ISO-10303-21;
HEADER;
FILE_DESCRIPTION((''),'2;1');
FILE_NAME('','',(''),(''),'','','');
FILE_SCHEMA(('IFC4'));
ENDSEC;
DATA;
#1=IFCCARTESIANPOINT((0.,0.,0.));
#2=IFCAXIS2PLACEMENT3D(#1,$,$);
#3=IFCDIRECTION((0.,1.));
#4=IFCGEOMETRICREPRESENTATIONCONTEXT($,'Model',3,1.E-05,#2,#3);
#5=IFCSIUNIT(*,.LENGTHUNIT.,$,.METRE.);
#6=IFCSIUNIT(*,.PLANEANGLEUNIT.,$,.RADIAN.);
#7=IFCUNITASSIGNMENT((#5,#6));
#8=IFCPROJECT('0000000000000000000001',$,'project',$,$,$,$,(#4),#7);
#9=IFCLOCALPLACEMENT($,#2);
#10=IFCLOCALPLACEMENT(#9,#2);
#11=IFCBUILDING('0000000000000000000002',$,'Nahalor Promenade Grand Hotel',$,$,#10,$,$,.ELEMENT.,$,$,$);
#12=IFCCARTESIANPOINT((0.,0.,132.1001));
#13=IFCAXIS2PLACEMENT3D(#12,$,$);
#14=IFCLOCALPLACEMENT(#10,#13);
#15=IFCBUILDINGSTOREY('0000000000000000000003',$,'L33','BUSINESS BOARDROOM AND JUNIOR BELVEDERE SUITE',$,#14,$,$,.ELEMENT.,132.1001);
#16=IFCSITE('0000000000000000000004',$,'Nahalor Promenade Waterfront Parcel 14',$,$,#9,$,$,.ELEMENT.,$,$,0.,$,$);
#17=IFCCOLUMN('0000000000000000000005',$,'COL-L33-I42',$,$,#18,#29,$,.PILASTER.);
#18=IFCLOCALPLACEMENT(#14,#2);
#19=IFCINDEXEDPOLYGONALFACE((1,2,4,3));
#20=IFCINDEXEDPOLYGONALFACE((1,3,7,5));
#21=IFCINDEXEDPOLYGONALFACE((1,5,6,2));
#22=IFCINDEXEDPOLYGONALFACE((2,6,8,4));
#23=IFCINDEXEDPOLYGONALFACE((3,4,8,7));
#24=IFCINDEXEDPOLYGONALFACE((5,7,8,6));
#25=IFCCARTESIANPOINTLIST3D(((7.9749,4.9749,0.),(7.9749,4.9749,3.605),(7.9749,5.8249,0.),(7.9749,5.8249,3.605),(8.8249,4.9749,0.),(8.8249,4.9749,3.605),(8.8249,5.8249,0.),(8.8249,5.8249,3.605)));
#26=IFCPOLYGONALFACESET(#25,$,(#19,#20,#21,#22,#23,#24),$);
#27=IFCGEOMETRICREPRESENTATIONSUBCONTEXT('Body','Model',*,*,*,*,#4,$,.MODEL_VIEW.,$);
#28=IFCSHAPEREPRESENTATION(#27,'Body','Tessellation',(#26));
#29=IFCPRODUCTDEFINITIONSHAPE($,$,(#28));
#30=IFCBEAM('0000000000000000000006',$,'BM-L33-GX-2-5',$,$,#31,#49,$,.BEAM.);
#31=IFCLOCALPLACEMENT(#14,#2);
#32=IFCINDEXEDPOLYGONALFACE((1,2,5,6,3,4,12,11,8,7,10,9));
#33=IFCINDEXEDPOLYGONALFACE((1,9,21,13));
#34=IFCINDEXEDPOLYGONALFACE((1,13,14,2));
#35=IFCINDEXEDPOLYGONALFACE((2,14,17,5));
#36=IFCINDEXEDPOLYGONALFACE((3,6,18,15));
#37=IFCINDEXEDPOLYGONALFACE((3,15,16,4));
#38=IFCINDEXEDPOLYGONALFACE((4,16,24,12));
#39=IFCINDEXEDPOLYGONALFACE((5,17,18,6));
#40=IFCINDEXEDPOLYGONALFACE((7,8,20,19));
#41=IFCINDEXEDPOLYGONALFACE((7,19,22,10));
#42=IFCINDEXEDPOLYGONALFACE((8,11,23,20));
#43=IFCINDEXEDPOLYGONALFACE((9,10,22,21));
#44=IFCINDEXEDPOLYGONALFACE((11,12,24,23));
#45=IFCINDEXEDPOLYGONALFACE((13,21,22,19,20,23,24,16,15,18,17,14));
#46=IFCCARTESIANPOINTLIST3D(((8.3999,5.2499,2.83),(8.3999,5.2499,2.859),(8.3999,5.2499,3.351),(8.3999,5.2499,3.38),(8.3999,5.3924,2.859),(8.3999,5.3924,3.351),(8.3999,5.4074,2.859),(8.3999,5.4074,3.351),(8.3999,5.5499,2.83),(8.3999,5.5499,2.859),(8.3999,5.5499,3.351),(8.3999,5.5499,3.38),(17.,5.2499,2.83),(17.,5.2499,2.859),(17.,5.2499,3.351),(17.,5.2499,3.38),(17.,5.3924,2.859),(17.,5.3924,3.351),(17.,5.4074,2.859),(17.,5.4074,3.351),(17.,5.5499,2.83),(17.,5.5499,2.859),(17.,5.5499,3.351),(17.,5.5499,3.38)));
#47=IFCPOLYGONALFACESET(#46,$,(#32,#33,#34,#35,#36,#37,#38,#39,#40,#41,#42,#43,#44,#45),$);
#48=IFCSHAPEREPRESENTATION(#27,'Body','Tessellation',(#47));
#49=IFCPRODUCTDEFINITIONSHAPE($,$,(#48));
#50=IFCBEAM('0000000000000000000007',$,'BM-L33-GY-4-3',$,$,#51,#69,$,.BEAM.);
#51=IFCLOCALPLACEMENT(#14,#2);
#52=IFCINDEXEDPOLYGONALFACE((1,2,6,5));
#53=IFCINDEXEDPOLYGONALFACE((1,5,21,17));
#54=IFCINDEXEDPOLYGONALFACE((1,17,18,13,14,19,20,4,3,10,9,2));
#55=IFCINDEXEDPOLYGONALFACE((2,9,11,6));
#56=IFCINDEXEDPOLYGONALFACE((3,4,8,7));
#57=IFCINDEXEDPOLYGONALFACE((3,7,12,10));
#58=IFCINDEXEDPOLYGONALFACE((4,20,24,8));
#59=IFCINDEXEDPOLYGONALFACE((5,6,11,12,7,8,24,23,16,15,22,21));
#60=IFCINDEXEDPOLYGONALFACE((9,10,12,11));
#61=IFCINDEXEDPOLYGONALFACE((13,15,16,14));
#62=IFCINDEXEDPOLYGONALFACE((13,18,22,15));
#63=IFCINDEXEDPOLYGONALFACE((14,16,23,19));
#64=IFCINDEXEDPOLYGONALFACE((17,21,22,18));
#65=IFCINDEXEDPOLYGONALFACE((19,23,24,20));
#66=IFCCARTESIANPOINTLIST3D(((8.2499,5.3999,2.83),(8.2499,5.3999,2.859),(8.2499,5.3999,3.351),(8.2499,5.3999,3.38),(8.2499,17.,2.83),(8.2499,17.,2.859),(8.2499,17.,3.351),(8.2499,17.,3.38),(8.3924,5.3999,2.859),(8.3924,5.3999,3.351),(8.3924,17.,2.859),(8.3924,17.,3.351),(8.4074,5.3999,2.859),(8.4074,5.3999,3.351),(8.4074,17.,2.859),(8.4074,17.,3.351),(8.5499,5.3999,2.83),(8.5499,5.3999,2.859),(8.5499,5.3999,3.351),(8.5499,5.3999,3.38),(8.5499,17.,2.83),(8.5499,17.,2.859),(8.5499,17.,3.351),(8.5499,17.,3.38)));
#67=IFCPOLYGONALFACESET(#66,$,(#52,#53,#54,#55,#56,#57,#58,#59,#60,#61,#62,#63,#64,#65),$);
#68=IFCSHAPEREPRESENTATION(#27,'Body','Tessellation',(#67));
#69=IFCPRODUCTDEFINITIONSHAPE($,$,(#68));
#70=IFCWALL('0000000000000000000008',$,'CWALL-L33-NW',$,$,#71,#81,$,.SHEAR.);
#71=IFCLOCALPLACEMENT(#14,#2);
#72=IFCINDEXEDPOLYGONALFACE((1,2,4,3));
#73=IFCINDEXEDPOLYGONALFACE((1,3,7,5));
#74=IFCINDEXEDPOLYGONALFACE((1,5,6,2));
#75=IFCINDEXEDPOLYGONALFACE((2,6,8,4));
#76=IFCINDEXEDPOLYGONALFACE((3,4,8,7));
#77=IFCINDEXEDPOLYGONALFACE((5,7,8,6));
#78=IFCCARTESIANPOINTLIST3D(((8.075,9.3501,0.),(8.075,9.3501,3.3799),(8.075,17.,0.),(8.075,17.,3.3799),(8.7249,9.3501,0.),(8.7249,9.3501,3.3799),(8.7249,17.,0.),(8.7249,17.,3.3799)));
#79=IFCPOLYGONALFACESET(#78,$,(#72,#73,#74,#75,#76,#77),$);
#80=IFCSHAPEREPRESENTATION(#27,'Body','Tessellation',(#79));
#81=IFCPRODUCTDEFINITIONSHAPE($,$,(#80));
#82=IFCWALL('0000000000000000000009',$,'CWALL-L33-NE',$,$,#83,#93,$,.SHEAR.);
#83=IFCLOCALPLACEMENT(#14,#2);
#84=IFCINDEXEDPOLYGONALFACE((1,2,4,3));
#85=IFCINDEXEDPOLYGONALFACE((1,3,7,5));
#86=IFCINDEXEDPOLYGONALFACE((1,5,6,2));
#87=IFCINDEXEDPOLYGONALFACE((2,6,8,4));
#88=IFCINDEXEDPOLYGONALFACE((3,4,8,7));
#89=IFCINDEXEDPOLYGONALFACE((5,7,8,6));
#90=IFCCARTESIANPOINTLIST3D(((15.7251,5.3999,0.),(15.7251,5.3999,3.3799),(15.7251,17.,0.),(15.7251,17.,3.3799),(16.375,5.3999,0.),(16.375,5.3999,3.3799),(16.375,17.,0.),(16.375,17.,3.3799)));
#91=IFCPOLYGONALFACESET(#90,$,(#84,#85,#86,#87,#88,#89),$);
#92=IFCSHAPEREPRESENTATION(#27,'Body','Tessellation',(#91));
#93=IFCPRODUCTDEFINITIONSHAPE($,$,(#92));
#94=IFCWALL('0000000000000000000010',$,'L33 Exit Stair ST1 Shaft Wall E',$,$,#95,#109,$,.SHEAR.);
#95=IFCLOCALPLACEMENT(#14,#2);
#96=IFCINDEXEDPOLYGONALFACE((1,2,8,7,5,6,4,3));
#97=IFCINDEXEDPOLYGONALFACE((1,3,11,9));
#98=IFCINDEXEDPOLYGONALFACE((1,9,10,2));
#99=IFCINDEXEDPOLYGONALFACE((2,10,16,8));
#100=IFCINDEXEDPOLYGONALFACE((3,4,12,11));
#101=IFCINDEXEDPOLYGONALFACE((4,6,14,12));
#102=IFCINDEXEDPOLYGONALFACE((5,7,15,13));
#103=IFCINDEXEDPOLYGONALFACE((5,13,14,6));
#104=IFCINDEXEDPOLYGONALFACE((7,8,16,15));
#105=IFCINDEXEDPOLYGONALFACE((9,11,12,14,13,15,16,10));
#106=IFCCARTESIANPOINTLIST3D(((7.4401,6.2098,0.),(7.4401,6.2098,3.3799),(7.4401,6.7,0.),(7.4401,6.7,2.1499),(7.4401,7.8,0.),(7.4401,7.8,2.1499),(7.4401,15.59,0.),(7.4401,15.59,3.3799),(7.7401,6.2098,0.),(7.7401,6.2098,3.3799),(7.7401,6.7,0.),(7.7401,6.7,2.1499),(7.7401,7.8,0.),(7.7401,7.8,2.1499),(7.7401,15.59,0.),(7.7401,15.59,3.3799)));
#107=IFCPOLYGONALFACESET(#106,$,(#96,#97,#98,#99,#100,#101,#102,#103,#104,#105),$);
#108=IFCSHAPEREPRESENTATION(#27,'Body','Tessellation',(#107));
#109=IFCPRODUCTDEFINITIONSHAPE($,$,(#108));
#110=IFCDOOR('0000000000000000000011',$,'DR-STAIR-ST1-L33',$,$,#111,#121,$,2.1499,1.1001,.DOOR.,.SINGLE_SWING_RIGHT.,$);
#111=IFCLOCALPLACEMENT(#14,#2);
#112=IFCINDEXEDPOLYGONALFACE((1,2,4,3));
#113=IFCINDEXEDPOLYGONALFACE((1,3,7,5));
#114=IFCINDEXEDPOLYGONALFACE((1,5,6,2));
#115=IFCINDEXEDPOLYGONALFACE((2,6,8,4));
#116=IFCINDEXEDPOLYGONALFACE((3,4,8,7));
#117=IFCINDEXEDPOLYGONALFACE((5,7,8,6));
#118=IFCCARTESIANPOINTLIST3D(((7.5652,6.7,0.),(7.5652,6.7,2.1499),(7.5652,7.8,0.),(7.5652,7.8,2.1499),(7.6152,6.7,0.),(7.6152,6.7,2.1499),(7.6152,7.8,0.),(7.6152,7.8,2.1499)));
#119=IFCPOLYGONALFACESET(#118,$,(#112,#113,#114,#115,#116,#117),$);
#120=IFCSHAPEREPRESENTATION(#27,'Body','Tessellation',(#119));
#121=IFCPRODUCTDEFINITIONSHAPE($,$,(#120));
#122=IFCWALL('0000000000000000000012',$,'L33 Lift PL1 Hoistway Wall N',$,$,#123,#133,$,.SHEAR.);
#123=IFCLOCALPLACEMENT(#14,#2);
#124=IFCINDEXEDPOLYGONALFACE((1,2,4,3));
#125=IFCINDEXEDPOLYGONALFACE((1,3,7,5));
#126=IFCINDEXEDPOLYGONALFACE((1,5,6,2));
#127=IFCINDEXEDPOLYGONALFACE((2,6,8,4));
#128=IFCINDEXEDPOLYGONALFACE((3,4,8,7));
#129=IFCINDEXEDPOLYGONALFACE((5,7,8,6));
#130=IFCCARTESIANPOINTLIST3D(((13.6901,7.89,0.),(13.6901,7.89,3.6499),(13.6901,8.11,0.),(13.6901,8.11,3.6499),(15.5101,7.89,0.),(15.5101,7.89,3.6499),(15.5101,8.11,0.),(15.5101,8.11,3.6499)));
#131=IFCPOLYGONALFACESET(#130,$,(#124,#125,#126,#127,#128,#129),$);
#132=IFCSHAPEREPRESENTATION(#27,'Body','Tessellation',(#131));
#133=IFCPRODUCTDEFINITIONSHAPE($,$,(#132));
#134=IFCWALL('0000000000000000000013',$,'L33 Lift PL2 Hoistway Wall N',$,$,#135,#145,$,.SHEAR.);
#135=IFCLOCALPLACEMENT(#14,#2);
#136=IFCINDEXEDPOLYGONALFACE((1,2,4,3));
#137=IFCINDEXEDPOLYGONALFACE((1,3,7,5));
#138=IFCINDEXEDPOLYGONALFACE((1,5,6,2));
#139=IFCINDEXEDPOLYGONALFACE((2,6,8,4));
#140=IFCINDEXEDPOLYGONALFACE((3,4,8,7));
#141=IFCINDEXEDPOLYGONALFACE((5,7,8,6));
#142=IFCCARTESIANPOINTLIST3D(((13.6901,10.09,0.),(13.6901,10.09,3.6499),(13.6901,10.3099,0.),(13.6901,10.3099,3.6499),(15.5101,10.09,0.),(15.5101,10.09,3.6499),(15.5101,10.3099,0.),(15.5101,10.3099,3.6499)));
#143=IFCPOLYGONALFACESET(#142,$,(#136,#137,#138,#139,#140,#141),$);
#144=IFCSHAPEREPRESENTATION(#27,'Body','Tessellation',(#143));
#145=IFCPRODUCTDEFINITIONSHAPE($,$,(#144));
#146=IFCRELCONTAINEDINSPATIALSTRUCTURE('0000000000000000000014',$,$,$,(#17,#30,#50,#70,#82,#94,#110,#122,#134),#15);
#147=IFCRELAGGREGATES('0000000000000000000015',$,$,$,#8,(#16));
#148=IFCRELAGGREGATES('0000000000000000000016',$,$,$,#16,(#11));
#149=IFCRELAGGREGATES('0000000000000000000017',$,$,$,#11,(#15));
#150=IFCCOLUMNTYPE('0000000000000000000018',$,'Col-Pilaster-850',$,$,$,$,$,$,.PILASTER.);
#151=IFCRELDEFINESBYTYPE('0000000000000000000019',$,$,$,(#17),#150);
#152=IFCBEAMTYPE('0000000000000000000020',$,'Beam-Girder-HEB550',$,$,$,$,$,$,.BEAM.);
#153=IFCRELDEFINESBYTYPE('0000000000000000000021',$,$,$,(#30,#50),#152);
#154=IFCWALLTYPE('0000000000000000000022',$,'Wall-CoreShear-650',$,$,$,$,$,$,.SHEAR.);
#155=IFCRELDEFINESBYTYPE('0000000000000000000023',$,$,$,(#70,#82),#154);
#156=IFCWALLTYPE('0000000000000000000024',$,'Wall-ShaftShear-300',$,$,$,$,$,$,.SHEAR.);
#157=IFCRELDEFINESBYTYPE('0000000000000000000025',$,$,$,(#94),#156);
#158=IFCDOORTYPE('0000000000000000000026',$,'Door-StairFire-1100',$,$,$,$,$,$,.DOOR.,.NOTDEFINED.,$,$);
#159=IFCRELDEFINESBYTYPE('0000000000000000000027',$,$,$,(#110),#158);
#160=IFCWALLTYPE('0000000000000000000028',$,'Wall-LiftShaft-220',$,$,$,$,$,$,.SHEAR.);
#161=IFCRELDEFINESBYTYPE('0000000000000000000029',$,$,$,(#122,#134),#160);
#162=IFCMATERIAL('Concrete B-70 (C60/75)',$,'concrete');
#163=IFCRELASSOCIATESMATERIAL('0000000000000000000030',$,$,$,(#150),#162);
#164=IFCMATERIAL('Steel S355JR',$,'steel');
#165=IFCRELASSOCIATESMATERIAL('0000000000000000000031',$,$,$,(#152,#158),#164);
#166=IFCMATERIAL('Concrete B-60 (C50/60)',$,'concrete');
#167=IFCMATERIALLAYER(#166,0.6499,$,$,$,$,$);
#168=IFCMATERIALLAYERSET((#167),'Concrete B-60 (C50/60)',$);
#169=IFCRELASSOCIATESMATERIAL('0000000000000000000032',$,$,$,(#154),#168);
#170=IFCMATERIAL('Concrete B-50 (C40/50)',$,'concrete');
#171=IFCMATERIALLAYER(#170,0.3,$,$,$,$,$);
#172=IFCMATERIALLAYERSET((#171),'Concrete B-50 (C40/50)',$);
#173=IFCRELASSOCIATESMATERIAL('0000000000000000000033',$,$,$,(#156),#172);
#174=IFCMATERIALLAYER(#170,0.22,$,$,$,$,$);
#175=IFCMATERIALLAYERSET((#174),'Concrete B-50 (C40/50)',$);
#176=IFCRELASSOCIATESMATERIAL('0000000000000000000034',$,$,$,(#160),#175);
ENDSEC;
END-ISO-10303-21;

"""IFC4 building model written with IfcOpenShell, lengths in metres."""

from ifc_helpers import new_model, si_unit, direction, frame, frame_2d, origin, origin_2d, place, context, subcontext, project, spatial, rectangle, i_section, extrude, source, transform, mapped, material, layer, layer_set, material_profile, profile_set, type_object, element, fill, save


model = new_model("IFC4")

# Units and contexts
model_context = context("Model", 3, precision=1e-05, world=origin(), true_north=direction((0.0, 1.0)))
body_context = subcontext(model_context, "Body", "Model", "MODEL_VIEW")
ifc_project = project(units=[si_unit("LENGTHUNIT", "METRE"), si_unit("PLANEANGLEUNIT", "RADIAN")], contexts=[model_context])

# Site, building, storey
site_placement = place(None, origin())
site = spatial("IfcSite", under=ifc_project, at=site_placement, Name="Nahalor Promenade Waterfront Parcel 14", CompositionType="ELEMENT", RefElevation=0.0)
building_placement = place(site_placement, origin())
building = spatial("IfcBuilding", under=site, at=building_placement, Name="Nahalor Promenade Grand Hotel", CompositionType="ELEMENT")
storey_placement = place(building_placement, frame((0.0, 0.0, 132.1001)))
storey = spatial("IfcBuildingStorey", under=building, at=storey_placement, Name="L33", Description="BUSINESS BOARDROOM AND JUNIOR BELVEDERE SUITE", CompositionType="ELEMENT", Elevation=132.1001)

# Column
ifc_material_1 = material(Name="Concrete B-70 (C60/75)", Category="concrete")
ifc_material_profile_1 = material_profile(ifc_material_1, rectangle(XDim=0.85, YDim=0.85, at=origin_2d()), Name="RC 850x850")
ifc_profile_set_1 = profile_set([ifc_material_profile_1], Name="Concrete B-70 (C60/75)")
column_type = type_object("IfcColumnType", Name="Col-Pilaster-850", PredefinedType="PILASTER", material=ifc_profile_set_1)
shared_shape_1 = source(origin(), body_context, "Body", "SweptSolid", [
    extrude(rectangle(XDim=0.85, YDim=0.85, at=origin_2d()), origin(), (0.0, 0.0, 1.0), 3.605),
])
column_placement = place(storey_placement, frame((8.3999, 5.3999, 0.0), z_axis=(0.0, 0.0, 1.0), x_axis=(1.0, 0.0, 0.0)))
element("IfcColumn", 1, at=column_placement, inside=storey, type_object=column_type, Name="COL-L33-I42", PredefinedType="PILASTER", context=body_context, shape_type="MappedRepresentation", body=[
    mapped(shared_shape_1, transform((0.0, 0.0, 0.0), scale=1.0)),
])

# Beams
ifc_material_2 = material(Name="Steel S355JR", Category="steel")
ifc_material_profile_2 = material_profile(ifc_material_2, i_section(OverallWidth=0.3, OverallDepth=0.55, WebThickness=0.015, FlangeThickness=0.029, at=origin_2d()), Name="HEB 550")
ifc_profile_set_2 = profile_set([ifc_material_profile_2], Name="Steel S355JR")
beam_type = type_object("IfcBeamType", Name="Beam-Girder-HEB550", PredefinedType="BEAM", material=ifc_profile_set_2)
shared_shape_2 = source(origin(), body_context, "Body", "SweptSolid", [
    extrude(i_section(OverallWidth=0.3, OverallDepth=0.55, WebThickness=0.015, FlangeThickness=0.029, at=origin_2d()), origin(), (0.0, 0.0, 1.0), 8.6001),
])
beam_1_placement = place(storey_placement, frame((8.3999, 5.3999, 3.105), z_axis=(1.0, 0.0, 0.0), x_axis=(0.0, 1.0, 0.0)))
element("IfcBeam", 2, at=beam_1_placement, inside=storey, type_object=beam_type, Name="BM-L33-GX-2-5", PredefinedType="BEAM", context=body_context, shape_type="MappedRepresentation", body=[
    mapped(shared_shape_2, transform((0.0, 0.0, 0.0), scale=1.0)),
])
shared_shape_3 = source(origin(), body_context, "Body", "SweptSolid", [
    extrude(i_section(OverallWidth=0.3, OverallDepth=0.55, WebThickness=0.015, FlangeThickness=0.029, at=origin_2d()), origin(), (0.0, 0.0, 1.0), 11.6001),
])
beam_2_placement = place(storey_placement, frame((8.3999, 5.3999, 3.105), z_axis=(0.0, 1.0, 0.0), x_axis=(-1.0, 0.0, 0.0)))
element("IfcBeam", 3, at=beam_2_placement, inside=storey, type_object=beam_type, Name="BM-L33-GY-4-3", PredefinedType="BEAM", context=body_context, shape_type="MappedRepresentation", body=[
    mapped(shared_shape_3, transform((0.0, 0.0, 0.0), scale=1.0)),
])

# Walls
ifc_material_3 = material(Name="Concrete B-60 (C50/60)", Category="concrete")
ifc_layer_1 = layer(ifc_material_3, 0.6499)
ifc_layer_set_1 = layer_set([ifc_layer_1], Name="Concrete B-60 (C50/60)")
wall_type_1 = type_object("IfcWallType", Name="Wall-CoreShear-650", PredefinedType="SHEAR", material=ifc_layer_set_1)
shared_shape_4 = source(origin(), body_context, "Body", "SweptSolid", [
    extrude(rectangle(XDim=7.6499, YDim=0.6499, at=frame_2d((3.825, 0.0))), origin(), (0.0, 0.0, 1.0), 3.3799),
])
wall_1_placement = place(storey_placement, frame((8.3999, 9.3501, 0.0), z_axis=(0.0, 0.0, 1.0), x_axis=(0.0, 1.0, 0.0)))
element("IfcWall", 4, at=wall_1_placement, inside=storey, type_object=wall_type_1, Name="CWALL-L33-NW", PredefinedType="SHEAR", context=body_context, shape_type="MappedRepresentation", body=[
    mapped(shared_shape_4, transform((0.0, 0.0, 0.0), scale=1.0)),
])
shared_shape_5 = source(origin(), body_context, "Body", "SweptSolid", [
    extrude(rectangle(XDim=11.6001, YDim=0.6499, at=frame_2d((5.8, 0.0))), origin(), (0.0, 0.0, 1.0), 3.3799),
])
wall_2_placement = place(storey_placement, frame((16.05, 5.3999, 0.0), z_axis=(0.0, 0.0, 1.0), x_axis=(0.0, 1.0, 0.0)))
element("IfcWall", 5, at=wall_2_placement, inside=storey, type_object=wall_type_1, Name="CWALL-L33-NE", PredefinedType="SHEAR", context=body_context, shape_type="MappedRepresentation", body=[
    mapped(shared_shape_5, transform((0.0, 0.0, 0.0), scale=1.0)),
])

# Wall, opening, door
ifc_material_4 = material(Name="Concrete B-50 (C40/50)", Category="concrete")
ifc_layer_2 = layer(ifc_material_4, 0.3)
ifc_layer_set_2 = layer_set([ifc_layer_2], Name="Concrete B-50 (C40/50)")
wall_type_2 = type_object("IfcWallType", Name="Wall-ShaftShear-300", PredefinedType="SHEAR", material=ifc_layer_set_2)
shared_shape_6 = source(origin(), body_context, "Body", "SweptSolid", [
    extrude(rectangle(XDim=9.3801, YDim=0.3, at=frame_2d((4.6899, 0.0))), origin(), (0.0, 0.0, 1.0), 3.3799),
])
wall_3_placement = place(storey_placement, frame((7.5901, 6.21, 0.0), z_axis=(0.0, 0.0, 1.0), x_axis=(0.0, 1.0, 0.0)))
wall_3 = element("IfcWall", 6, at=wall_3_placement, inside=storey, type_object=wall_type_2, Name="L33 Exit Stair ST1 Shaft Wall E", PredefinedType="SHEAR", context=body_context, shape_type="MappedRepresentation", body=[
    mapped(shared_shape_6, transform((0.0, 0.0, 0.0), scale=1.0)),
])
opening_1_placement = place(wall_3_placement, frame((0.49, 0.0, 0.0)))
opening_1 = element("IfcOpeningElement", 7, at=opening_1_placement, cuts=wall_3, PredefinedType="OPENING", context=body_context, shape_type="SweptSolid", body=[
    extrude(rectangle(XDim=1.1001, YDim=2.1499, at=frame_2d((0.55, 1.075))), frame((0.0, 0.1599, 0.0), z_axis=(0.0, -1.0, 0.0), x_axis=(1.0, 0.0, 0.0)), (0.0, 0.0, 1.0), 0.3201),
])
door_type_1 = type_object("IfcDoorType", Name="Door-StairFire-1100", OperationType="NOTDEFINED", PredefinedType="DOOR", material=ifc_material_2)
shared_shape_7 = source(origin(), body_context, "Body", "SweptSolid", [
    extrude(rectangle(XDim=1.1001, YDim=2.1499, at=frame_2d((0.55, 1.075))), frame((0.0, 0.0249, 0.0), z_axis=(0.0, -1.0, 0.0), x_axis=(1.0, 0.0, 0.0)), (0.0, 0.0, 1.0), 0.05),
])
door_1_placement = place(opening_1_placement, origin())
door_1 = element("IfcDoor", 8, at=door_1_placement, inside=storey, type_object=door_type_1, Name="DR-STAIR-ST1-L33", OperationType="SINGLE_SWING_RIGHT", OverallHeight=2.1499, OverallWidth=1.1001, PredefinedType="DOOR", context=body_context, shape_type="MappedRepresentation", body=[
    mapped(shared_shape_7, transform((0.0, 0.0, 0.0), scale=1.0)),
])
fill(opening_1, door_1)

# Walls
ifc_layer_3 = layer(ifc_material_4, 0.22)
ifc_layer_set_3 = layer_set([ifc_layer_3], Name="Concrete B-50 (C40/50)")
wall_type_3 = type_object("IfcWallType", Name="Wall-LiftShaft-220", PredefinedType="SHEAR", material=ifc_layer_set_3)
shared_shape_8 = source(origin(), body_context, "Body", "SweptSolid", [
    extrude(rectangle(XDim=1.8201, YDim=0.22, at=frame_2d((0.9102, 0.0))), origin(), (0.0, 0.0, 1.0), 3.6499),
])
for number, where, z_axis, x_axis, name in (
    (9, (13.6899, 8.0, 0.0), (0.0, 0.0, 1.0), (1.0, 0.0, 0.0), "L33 Lift PL1 Hoistway Wall N"),
    (10, (13.6899, 10.2, 0.0), (0.0, 0.0, 1.0), (1.0, 0.0, 0.0), "L33 Lift PL2 Hoistway Wall N"),
):
    element("IfcWall", number, at=place(storey_placement, frame(where, z_axis=z_axis, x_axis=x_axis)), inside=storey, type_object=wall_type_3, Name=name, PredefinedType="SHEAR", context=body_context, shape_type="MappedRepresentation", body=[
        mapped(shared_shape_8, transform((0.0, 0.0, 0.0), scale=1.0)),
    ])

save(model, "model.ifc")
